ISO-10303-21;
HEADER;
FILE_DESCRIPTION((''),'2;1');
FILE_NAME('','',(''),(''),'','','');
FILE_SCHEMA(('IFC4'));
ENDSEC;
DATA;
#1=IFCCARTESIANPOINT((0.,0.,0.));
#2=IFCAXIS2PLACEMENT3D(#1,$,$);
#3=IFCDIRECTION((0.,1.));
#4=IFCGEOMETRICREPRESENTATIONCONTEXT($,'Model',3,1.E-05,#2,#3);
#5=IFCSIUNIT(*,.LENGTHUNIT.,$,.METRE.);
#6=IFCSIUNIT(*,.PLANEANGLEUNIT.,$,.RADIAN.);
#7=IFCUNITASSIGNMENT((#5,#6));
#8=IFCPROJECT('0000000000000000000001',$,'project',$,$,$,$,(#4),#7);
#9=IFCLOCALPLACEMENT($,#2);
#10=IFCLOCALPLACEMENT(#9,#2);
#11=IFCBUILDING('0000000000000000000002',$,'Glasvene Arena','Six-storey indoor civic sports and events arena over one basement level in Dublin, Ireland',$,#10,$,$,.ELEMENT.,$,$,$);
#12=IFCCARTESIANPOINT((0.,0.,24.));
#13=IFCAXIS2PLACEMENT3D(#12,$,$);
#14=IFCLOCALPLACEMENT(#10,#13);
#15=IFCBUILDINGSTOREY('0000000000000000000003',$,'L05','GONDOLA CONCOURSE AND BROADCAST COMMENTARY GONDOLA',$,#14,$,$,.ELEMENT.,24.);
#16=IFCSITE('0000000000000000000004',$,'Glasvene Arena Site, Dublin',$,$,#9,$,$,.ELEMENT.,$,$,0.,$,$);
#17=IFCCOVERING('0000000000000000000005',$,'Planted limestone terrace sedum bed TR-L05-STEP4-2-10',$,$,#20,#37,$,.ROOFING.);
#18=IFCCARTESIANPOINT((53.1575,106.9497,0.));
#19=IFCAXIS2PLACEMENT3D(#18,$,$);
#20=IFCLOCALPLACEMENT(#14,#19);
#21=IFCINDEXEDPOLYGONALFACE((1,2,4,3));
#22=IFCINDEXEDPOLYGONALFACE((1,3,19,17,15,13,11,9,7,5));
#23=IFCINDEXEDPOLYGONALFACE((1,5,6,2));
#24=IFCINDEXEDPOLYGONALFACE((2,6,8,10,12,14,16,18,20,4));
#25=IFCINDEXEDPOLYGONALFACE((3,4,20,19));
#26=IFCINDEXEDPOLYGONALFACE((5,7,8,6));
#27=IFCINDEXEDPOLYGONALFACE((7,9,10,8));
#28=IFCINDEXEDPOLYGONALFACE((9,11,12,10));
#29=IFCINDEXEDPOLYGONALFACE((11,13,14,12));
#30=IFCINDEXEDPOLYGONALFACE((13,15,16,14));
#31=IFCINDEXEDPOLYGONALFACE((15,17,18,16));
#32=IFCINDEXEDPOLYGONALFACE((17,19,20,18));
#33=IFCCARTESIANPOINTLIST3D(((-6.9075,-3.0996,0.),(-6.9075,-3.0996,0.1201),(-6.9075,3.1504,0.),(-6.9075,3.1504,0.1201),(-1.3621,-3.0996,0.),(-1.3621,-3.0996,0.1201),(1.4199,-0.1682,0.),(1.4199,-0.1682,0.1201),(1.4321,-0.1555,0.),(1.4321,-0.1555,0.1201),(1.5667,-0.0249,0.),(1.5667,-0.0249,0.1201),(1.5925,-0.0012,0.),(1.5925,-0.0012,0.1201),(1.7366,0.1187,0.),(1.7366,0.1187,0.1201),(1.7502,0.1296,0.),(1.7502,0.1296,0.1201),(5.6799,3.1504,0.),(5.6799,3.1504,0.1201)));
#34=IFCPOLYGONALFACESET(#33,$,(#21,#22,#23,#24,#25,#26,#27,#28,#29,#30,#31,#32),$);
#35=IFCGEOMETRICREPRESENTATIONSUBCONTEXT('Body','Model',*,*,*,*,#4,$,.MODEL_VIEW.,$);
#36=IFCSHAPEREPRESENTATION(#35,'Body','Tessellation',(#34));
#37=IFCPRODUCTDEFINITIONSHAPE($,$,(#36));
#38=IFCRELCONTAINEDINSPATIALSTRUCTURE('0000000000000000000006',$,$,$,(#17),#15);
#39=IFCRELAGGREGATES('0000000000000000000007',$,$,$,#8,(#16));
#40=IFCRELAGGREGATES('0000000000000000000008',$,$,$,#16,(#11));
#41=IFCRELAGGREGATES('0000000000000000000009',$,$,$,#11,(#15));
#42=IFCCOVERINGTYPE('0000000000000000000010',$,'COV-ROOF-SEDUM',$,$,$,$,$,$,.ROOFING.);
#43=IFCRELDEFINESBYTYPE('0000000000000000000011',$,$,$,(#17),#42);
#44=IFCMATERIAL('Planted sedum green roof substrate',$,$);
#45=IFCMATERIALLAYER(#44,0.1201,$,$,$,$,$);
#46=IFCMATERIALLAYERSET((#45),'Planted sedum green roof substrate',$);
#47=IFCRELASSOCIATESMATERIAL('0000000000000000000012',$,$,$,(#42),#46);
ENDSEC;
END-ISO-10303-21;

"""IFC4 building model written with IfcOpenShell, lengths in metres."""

from ifc_helpers import new_model, si_unit, direction, frame, origin, place, context, subcontext, project, spatial, polyline, outline, extrude, material, layer, layer_set, type_object, element, save


model = new_model("IFC4")

# Units and contexts
model_context = context("Model", 3, precision=1e-05, world=origin(), true_north=direction((0.0, 1.0)))
body_context = subcontext(model_context, "Body", "Model", "MODEL_VIEW")
ifc_project = project(units=[si_unit("LENGTHUNIT", "METRE"), si_unit("PLANEANGLEUNIT", "RADIAN")], contexts=[model_context])

# Site, building, storey
site_placement = place(None, origin())
site = spatial("IfcSite", under=ifc_project, at=site_placement, Name="Glasvene Arena Site, Dublin", CompositionType="ELEMENT", RefElevation=0.0)
building_placement = place(site_placement, origin())
building = spatial("IfcBuilding", under=site, at=building_placement, Name="Glasvene Arena", Description="Six-storey indoor civic sports and events arena over one basement level in Dublin, Ireland", CompositionType="ELEMENT")
storey_placement = place(building_placement, frame((0.0, 0.0, 24.0)))
storey = spatial("IfcBuildingStorey", under=building, at=storey_placement, Name="L05", Description="GONDOLA CONCOURSE AND BROADCAST COMMENTARY GONDOLA", CompositionType="ELEMENT", Elevation=24.0)

# Covering
ifc_material_1 = material(Name="Planted sedum green roof substrate")
ifc_layer_1 = layer(ifc_material_1, 0.1201)
ifc_layer_set_1 = layer_set([ifc_layer_1], Name="Planted sedum green roof substrate")
covering_type = type_object("IfcCoveringType", Name="COV-ROOF-SEDUM", PredefinedType="ROOFING", material=ifc_layer_set_1)
covering_placement = place(storey_placement, frame((53.1575, 106.9497, 0.0)))
element("IfcCovering", 1, at=covering_placement, inside=storey, type_object=covering_type, Name="Planted limestone terrace sedum bed TR-L05-STEP4-2-10", PredefinedType="ROOFING", context=body_context, shape_type="SweptSolid", body=[
    extrude(outline(polyline([(-6.9075, 3.1504), (5.6799, 3.1504), (1.7502, 0.1296), (1.7366, 0.1187), (1.5925, -0.0012), (1.5667, -0.0249), (1.4321, -0.1555), (1.4199, -0.1682), (-1.3621, -3.0996), (-6.9075, -3.0996), (-6.9075, 3.1504)])), origin(), (0.0, 0.0, 1.0), 0.1201),
])

save(model, "model.ifc")
